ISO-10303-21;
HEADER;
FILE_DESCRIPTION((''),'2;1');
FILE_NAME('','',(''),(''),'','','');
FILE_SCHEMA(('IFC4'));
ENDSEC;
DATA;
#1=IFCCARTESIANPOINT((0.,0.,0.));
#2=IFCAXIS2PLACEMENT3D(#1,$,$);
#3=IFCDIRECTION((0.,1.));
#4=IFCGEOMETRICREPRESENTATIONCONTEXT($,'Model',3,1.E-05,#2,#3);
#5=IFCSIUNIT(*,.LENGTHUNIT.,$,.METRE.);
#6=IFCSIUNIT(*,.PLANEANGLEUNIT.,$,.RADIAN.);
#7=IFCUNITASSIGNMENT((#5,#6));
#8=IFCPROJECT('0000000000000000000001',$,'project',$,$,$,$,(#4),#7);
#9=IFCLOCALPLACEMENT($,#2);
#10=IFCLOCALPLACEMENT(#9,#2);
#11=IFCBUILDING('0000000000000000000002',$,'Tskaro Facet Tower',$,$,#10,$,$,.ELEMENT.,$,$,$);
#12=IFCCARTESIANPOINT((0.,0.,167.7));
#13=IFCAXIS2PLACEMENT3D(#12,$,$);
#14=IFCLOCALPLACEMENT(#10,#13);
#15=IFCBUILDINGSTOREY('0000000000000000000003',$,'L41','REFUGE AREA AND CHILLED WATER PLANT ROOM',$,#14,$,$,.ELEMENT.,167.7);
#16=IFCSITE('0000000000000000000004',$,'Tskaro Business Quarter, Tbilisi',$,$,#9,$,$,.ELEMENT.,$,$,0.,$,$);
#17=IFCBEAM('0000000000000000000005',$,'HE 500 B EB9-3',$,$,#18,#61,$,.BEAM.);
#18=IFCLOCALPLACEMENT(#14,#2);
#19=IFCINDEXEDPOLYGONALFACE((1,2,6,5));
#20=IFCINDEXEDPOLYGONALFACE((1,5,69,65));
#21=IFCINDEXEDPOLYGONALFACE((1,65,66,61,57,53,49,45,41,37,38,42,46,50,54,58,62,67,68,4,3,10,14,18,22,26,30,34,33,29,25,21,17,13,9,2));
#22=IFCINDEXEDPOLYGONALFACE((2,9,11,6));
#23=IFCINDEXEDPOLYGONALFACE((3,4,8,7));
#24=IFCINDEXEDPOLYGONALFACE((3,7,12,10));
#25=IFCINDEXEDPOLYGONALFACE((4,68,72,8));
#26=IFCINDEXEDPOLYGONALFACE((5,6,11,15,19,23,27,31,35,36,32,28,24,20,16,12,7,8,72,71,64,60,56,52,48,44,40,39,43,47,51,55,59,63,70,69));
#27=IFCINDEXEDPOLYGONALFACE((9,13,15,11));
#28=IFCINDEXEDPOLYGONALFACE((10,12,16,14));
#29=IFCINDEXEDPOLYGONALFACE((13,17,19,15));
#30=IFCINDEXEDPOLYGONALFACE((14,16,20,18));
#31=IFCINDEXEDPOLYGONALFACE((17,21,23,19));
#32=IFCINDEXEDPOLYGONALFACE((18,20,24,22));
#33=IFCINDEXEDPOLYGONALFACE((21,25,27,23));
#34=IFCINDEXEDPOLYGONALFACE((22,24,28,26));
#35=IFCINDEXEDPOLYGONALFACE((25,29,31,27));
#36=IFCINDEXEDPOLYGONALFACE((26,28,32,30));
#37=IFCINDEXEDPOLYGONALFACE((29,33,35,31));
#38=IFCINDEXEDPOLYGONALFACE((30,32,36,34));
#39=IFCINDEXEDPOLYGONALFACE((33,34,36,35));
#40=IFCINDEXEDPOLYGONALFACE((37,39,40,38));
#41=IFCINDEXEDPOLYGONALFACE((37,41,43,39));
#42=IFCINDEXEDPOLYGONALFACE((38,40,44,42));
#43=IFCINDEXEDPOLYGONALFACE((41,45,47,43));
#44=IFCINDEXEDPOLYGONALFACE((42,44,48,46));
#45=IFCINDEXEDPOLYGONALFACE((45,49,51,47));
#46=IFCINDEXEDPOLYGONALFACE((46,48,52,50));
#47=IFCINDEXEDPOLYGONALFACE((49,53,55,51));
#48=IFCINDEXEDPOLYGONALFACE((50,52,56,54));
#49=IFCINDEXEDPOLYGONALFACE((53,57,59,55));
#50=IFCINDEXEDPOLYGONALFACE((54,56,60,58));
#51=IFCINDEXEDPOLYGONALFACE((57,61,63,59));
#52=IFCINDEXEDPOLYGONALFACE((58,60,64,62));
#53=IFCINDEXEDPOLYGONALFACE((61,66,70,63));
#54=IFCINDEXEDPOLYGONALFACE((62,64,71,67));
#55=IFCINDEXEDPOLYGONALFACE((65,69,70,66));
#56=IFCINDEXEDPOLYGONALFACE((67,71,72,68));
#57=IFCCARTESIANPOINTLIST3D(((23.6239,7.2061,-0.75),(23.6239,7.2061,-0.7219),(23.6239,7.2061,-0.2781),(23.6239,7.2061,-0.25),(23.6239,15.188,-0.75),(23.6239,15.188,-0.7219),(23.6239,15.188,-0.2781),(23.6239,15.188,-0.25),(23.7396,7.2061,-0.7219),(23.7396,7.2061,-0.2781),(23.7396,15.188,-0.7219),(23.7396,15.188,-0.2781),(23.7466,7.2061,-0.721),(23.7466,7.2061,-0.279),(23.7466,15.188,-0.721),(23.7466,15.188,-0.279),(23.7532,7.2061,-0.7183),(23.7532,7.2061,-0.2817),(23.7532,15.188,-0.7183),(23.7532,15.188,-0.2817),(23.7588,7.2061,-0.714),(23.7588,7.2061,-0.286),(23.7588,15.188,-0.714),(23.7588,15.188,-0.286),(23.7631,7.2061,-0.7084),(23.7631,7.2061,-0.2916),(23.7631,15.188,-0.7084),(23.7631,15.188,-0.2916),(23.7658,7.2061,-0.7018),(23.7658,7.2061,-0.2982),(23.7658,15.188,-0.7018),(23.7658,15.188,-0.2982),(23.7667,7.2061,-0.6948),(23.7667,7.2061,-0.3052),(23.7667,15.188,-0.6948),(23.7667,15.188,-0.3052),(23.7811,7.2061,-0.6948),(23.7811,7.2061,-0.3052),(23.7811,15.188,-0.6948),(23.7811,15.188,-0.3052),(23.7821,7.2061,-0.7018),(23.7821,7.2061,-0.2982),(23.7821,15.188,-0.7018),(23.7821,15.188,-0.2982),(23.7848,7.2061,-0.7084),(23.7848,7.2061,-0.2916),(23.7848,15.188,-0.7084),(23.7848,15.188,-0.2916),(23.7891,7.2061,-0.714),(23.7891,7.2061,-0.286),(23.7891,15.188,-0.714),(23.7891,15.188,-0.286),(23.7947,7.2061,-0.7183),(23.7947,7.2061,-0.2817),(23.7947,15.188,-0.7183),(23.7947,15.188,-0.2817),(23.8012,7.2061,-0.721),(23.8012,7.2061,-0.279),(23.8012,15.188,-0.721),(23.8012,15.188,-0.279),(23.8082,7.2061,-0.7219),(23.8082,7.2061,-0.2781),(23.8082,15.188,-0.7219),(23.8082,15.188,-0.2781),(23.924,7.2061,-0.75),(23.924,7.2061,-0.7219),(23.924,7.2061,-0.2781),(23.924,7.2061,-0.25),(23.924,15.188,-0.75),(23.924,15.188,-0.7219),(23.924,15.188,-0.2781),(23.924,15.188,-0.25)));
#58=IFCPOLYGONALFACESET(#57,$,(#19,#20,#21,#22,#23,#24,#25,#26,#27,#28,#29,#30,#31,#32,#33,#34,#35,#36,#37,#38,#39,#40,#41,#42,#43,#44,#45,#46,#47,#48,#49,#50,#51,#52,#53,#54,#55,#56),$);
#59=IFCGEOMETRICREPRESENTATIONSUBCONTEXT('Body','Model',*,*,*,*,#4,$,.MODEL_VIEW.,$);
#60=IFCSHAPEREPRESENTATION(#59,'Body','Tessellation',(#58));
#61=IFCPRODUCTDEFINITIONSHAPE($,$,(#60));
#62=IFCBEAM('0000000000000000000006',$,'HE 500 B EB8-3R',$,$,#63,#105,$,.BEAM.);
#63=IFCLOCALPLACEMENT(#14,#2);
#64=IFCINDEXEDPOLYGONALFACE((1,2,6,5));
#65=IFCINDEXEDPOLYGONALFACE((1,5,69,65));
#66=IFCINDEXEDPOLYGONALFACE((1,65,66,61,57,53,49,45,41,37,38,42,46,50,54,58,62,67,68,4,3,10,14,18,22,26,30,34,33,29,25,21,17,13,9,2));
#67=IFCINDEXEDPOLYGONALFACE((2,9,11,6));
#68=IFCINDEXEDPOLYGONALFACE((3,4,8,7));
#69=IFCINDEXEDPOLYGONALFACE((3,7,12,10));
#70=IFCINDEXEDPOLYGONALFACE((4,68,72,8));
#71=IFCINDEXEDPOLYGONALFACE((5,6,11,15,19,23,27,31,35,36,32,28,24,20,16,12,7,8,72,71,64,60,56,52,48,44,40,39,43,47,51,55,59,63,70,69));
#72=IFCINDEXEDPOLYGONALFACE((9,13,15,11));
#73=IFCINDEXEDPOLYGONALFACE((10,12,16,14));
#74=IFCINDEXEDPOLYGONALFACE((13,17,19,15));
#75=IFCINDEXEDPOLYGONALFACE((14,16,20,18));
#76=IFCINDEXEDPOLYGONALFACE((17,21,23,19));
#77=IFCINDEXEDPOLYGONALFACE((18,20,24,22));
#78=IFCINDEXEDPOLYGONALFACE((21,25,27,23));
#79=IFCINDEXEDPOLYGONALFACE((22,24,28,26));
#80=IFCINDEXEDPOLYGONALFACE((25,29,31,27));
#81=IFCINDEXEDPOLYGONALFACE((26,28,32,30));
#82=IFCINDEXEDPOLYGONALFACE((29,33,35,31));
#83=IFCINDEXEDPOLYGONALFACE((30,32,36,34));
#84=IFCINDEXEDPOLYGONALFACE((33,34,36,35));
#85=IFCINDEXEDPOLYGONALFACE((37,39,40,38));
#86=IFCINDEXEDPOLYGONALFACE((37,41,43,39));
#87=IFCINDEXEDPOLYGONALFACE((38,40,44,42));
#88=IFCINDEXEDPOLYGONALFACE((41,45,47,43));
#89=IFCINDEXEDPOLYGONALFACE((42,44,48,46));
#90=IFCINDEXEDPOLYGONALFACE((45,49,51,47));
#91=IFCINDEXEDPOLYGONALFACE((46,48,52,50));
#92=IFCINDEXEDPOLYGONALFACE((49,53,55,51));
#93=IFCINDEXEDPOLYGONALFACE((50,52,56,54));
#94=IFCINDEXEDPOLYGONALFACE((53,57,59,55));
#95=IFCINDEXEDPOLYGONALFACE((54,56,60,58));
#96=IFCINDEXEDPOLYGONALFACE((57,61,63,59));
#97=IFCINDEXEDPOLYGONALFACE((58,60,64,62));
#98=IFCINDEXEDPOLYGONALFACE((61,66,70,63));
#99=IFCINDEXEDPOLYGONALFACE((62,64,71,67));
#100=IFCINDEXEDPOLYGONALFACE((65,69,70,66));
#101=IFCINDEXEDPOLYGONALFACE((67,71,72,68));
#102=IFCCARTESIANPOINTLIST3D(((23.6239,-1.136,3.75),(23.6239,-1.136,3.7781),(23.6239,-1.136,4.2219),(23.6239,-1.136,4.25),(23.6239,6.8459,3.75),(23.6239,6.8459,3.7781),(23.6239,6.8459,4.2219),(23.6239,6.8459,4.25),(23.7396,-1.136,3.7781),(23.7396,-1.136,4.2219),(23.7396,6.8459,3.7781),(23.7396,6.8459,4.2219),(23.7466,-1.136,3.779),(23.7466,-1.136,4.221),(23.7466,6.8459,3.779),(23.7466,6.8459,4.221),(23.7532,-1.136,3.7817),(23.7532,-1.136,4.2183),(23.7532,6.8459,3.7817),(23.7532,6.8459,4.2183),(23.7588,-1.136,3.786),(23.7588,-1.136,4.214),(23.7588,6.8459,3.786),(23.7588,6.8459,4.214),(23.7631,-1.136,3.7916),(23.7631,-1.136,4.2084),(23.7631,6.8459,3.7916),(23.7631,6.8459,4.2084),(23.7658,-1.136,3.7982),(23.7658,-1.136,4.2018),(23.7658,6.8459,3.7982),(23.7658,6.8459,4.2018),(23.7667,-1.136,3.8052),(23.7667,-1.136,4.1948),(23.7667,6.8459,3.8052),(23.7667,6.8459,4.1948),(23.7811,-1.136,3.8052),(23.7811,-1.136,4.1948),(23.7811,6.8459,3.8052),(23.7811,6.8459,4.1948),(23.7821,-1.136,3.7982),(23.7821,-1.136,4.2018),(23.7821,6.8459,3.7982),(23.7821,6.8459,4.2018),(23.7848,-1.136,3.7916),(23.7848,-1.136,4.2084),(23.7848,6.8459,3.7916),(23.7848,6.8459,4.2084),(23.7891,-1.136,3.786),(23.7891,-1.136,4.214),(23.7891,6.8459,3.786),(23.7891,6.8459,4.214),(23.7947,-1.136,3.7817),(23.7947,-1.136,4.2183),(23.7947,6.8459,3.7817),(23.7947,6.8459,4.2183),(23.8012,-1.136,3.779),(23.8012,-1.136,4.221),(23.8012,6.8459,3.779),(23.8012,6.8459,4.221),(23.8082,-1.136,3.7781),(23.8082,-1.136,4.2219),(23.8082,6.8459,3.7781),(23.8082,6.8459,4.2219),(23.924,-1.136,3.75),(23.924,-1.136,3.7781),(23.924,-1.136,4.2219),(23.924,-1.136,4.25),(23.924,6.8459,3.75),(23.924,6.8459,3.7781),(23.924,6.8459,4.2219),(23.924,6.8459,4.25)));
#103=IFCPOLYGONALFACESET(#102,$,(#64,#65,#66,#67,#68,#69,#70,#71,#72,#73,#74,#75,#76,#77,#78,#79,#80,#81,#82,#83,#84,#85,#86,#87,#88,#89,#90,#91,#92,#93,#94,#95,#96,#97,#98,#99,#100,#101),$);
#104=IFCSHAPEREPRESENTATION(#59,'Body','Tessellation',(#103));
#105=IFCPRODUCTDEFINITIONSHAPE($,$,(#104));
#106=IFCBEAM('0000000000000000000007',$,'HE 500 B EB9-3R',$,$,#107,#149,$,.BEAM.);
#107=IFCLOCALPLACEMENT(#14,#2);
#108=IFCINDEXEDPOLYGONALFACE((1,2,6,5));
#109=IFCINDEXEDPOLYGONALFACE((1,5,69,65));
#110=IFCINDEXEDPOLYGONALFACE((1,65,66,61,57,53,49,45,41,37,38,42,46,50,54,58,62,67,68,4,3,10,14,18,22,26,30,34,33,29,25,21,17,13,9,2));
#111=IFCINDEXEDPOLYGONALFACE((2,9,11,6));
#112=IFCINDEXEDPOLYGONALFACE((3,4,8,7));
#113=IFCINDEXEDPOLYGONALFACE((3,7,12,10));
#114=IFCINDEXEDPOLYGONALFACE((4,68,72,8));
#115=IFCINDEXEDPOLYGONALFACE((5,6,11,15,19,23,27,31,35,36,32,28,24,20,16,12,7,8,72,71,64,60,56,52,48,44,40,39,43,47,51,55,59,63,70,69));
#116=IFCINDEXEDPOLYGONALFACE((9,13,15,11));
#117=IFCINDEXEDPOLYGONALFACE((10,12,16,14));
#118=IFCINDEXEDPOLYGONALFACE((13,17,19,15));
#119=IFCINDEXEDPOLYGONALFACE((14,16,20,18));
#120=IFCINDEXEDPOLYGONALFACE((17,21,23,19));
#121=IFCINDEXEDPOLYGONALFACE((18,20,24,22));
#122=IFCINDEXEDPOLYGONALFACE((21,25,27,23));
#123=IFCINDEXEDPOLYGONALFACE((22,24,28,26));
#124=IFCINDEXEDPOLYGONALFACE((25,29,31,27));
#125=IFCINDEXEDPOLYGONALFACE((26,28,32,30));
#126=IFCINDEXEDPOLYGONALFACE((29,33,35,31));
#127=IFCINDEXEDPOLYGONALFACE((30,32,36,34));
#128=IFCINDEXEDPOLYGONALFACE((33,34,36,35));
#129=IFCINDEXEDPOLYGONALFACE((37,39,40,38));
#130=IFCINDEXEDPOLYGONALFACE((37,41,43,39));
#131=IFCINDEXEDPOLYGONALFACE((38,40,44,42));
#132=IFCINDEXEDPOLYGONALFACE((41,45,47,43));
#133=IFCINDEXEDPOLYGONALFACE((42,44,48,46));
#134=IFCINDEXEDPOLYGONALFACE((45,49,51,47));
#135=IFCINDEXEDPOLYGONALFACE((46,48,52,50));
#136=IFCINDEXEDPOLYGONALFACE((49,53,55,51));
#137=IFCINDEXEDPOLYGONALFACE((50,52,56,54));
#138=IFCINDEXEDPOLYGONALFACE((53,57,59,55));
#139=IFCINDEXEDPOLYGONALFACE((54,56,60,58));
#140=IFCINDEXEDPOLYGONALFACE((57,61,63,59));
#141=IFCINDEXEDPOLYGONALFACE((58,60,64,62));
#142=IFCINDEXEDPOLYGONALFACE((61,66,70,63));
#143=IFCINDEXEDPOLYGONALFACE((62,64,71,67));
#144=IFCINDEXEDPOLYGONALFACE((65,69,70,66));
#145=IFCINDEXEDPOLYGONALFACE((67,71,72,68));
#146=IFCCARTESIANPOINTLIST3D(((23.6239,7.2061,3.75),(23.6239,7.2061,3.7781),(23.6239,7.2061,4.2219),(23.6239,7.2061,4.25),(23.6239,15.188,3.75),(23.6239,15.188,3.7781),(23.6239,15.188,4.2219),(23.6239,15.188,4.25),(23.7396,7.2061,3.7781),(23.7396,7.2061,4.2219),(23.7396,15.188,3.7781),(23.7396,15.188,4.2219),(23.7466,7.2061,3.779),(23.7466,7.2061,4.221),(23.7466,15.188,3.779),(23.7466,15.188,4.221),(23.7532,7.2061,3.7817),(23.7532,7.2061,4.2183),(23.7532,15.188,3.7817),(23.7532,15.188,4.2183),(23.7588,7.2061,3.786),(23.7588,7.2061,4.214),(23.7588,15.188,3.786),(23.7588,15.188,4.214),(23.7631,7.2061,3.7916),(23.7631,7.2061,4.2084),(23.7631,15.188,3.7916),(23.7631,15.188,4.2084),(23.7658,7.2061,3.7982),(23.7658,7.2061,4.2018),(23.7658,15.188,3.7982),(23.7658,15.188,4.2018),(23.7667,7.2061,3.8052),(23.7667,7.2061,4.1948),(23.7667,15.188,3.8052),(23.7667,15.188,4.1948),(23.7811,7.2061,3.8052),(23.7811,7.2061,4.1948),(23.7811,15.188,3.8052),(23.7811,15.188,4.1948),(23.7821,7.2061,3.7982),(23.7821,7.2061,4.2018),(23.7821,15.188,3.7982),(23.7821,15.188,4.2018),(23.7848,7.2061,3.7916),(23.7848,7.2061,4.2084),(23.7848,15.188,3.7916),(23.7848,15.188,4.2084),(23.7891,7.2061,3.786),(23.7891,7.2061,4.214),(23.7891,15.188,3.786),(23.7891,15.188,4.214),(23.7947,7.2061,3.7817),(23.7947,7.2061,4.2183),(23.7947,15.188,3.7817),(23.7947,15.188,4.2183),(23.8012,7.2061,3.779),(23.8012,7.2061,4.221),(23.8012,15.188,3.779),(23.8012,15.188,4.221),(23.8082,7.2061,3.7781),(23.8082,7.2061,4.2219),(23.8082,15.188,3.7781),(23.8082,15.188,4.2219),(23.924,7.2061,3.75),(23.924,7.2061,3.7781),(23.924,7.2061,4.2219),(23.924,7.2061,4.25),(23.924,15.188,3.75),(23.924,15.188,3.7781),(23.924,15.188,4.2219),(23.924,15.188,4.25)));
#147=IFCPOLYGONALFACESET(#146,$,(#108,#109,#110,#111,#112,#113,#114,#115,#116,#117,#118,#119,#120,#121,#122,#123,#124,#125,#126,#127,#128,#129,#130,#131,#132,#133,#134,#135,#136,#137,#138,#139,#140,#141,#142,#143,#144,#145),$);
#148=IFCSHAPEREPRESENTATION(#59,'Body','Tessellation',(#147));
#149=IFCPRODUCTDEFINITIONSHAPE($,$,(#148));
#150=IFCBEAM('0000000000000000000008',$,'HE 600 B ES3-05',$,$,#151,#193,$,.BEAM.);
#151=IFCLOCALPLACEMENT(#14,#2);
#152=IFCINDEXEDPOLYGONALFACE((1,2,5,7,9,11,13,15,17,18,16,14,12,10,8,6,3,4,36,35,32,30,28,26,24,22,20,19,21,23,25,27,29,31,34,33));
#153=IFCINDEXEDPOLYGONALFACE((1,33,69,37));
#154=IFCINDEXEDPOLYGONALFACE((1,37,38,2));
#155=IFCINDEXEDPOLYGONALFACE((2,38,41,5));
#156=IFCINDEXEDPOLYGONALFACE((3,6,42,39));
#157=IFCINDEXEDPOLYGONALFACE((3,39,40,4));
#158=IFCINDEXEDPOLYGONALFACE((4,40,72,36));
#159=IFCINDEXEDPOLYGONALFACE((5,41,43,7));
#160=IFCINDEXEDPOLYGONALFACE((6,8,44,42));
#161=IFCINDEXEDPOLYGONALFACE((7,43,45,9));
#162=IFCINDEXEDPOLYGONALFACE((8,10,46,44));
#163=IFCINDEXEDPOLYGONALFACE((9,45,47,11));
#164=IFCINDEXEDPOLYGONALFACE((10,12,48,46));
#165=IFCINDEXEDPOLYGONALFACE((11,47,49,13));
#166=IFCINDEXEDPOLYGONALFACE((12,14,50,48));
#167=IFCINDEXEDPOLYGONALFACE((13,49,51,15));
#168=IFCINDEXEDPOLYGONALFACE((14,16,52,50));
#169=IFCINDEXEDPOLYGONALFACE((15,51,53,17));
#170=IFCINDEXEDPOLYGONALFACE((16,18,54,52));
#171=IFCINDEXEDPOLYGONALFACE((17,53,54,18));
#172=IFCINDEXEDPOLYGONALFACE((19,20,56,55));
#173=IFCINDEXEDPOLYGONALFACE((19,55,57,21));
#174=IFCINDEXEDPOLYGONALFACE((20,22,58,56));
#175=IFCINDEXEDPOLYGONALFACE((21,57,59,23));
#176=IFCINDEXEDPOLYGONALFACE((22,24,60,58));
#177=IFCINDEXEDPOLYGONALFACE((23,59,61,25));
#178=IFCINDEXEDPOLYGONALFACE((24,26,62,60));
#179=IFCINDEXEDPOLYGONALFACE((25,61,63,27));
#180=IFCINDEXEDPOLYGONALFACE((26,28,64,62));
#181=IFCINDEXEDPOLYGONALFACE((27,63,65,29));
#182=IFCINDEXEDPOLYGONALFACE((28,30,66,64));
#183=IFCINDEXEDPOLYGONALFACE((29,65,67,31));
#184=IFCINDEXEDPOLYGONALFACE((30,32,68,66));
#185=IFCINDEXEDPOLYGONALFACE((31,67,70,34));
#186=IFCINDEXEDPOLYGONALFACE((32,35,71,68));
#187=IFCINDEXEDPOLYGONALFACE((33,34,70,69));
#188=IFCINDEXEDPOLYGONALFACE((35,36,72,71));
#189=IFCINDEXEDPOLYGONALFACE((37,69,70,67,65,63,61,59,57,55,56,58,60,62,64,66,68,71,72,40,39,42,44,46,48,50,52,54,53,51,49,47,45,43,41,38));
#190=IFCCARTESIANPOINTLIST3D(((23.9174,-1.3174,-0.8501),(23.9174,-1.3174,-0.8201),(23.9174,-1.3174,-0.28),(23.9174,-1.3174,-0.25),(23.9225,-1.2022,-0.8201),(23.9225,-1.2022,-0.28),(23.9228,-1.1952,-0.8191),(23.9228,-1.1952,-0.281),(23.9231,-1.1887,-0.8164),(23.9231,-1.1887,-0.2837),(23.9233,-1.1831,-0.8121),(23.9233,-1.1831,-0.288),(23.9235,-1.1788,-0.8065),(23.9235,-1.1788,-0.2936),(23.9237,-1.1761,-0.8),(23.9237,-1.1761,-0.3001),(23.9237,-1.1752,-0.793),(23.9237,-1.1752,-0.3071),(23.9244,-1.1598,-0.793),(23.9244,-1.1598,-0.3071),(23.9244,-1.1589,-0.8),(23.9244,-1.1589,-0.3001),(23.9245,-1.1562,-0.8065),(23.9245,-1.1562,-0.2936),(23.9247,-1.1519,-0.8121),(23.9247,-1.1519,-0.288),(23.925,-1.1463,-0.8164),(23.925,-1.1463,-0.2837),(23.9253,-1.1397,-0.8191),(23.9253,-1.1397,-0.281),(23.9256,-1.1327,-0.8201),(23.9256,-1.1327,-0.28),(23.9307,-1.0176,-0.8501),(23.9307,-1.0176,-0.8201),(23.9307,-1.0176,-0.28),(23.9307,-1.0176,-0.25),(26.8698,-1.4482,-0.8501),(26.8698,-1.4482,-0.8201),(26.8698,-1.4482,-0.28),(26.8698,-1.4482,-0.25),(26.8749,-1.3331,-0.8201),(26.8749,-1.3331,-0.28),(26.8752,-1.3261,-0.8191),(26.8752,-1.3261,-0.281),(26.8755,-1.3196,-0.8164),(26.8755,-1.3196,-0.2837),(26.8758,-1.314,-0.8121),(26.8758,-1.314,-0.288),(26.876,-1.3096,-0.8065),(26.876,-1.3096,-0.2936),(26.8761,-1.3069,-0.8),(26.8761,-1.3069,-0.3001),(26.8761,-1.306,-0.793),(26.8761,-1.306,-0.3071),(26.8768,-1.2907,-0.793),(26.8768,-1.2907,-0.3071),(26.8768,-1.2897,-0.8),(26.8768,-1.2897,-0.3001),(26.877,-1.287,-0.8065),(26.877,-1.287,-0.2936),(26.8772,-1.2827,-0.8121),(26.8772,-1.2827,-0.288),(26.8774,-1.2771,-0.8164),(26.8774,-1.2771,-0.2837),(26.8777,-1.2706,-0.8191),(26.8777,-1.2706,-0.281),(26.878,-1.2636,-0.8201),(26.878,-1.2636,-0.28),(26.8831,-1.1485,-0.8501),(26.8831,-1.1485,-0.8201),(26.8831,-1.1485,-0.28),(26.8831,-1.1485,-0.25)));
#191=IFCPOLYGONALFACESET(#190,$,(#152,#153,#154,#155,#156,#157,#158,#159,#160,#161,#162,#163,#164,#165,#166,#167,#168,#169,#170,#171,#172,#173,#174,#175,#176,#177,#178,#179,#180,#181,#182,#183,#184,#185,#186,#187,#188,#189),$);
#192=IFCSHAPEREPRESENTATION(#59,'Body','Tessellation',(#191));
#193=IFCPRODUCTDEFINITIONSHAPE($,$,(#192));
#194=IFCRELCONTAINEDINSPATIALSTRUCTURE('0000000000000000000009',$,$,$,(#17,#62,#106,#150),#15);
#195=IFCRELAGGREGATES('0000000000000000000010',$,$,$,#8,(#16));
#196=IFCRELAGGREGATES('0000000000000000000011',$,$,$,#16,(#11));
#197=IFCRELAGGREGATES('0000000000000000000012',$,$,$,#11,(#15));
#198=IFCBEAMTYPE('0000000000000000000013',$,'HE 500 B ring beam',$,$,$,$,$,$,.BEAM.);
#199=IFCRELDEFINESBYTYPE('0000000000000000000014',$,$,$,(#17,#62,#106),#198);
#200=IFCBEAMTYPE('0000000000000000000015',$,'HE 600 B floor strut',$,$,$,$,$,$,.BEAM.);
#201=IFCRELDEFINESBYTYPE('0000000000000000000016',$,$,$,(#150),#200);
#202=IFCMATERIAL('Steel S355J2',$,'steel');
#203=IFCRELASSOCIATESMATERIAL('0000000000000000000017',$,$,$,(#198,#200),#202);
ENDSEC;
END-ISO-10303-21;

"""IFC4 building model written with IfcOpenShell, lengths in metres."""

from ifc_helpers import new_model, si_unit, direction, frame, origin, origin_2d, place, context, subcontext, project, spatial, i_section, extrude, material, material_profile, profile_set, type_object, element, save


model = new_model("IFC4")

# Units and contexts
model_context = context("Model", 3, precision=1e-05, world=origin(), true_north=direction((0.0, 1.0)))
body_context = subcontext(model_context, "Body", "Model", "MODEL_VIEW")
ifc_project = project(units=[si_unit("LENGTHUNIT", "METRE"), si_unit("PLANEANGLEUNIT", "RADIAN")], contexts=[model_context])

# Site, building, storey
site_placement = place(None, origin())
site = spatial("IfcSite", under=ifc_project, at=site_placement, Name="Tskaro Business Quarter, Tbilisi", CompositionType="ELEMENT", RefElevation=0.0)
building_placement = place(site_placement, origin())
building = spatial("IfcBuilding", under=site, at=building_placement, Name="Tskaro Facet Tower", CompositionType="ELEMENT")
storey_placement = place(building_placement, frame((0.0, 0.0, 167.7)))
storey = spatial("IfcBuildingStorey", under=building, at=storey_placement, Name="L41", Description="REFUGE AREA AND CHILLED WATER PLANT ROOM", CompositionType="ELEMENT", Elevation=167.7)

# Shared definitions
ifc_material_1 = material(Name="Steel S355J2", Category="steel")

# Beams
ifc_material_profile_1 = material_profile(ifc_material_1, i_section(OverallWidth=0.3, OverallDepth=0.5, WebThickness=0.0144, FlangeThickness=0.0281, FilletRadius=0.0271, at=origin_2d()), Name="HE 500 B")
ifc_profile_set_1 = profile_set([ifc_material_profile_1], Name="Steel S355J2")
beam_type_1 = type_object("IfcBeamType", Name="HE 500 B ring beam", PredefinedType="BEAM", material=ifc_profile_set_1)
for number, where, z_axis, x_axis, name in (
    (1, (23.7739, 7.2061, -0.5), (0.0, 1.0, 0.0), (-1.0, 0.0, 0.0), "HE 500 B EB9-3"),
    (2, (23.7739, -1.136, 4.0), (0.0, 1.0, 0.0), (-1.0, 0.0, 0.0), "HE 500 B EB8-3R"),
    (3, (23.7739, 7.2061, 4.0), (0.0, 1.0, 0.0), (-1.0, 0.0, 0.0), "HE 500 B EB9-3R"),
):
    element("IfcBeam", number, at=place(storey_placement, frame(where, z_axis=z_axis, x_axis=x_axis)), inside=storey, type_object=beam_type_1, Name=name, PredefinedType="BEAM", context=body_context, shape_type="SweptSolid", body=[
        extrude(i_section(OverallWidth=0.3, OverallDepth=0.5, WebThickness=0.0144, FlangeThickness=0.0281, FilletRadius=0.0271, at=origin_2d()), origin(), (0.0, 0.0, 1.0), 7.9819),
    ])
ifc_material_profile_2 = material_profile(ifc_material_1, i_section(OverallWidth=0.3, OverallDepth=0.6001, WebThickness=0.0154, FlangeThickness=0.03, FilletRadius=0.0271, at=origin_2d()), Name="HE 600 B")
ifc_profile_set_2 = profile_set([ifc_material_profile_2], Name="Steel S355J2")
beam_type_2 = type_object("IfcBeamType", Name="HE 600 B floor strut", PredefinedType="BEAM", material=ifc_profile_set_2)
beam_1_placement = place(storey_placement, frame((26.8765, -1.2983, -0.55), z_axis=(-0.999019, 0.04428, 0.0), x_axis=(-0.04428, -0.999019, 0.0)))
element("IfcBeam", 4, at=beam_1_placement, inside=storey, type_object=beam_type_2, Name="HE 600 B ES3-05", PredefinedType="BEAM", context=body_context, shape_type="SweptSolid", body=[
    extrude(i_section(OverallWidth=0.3, OverallDepth=0.6001, WebThickness=0.0154, FlangeThickness=0.03, FilletRadius=0.0271, at=origin_2d()), origin(), (0.0, 0.0, 1.0), 2.9553),
])

save(model, "model.ifc")
